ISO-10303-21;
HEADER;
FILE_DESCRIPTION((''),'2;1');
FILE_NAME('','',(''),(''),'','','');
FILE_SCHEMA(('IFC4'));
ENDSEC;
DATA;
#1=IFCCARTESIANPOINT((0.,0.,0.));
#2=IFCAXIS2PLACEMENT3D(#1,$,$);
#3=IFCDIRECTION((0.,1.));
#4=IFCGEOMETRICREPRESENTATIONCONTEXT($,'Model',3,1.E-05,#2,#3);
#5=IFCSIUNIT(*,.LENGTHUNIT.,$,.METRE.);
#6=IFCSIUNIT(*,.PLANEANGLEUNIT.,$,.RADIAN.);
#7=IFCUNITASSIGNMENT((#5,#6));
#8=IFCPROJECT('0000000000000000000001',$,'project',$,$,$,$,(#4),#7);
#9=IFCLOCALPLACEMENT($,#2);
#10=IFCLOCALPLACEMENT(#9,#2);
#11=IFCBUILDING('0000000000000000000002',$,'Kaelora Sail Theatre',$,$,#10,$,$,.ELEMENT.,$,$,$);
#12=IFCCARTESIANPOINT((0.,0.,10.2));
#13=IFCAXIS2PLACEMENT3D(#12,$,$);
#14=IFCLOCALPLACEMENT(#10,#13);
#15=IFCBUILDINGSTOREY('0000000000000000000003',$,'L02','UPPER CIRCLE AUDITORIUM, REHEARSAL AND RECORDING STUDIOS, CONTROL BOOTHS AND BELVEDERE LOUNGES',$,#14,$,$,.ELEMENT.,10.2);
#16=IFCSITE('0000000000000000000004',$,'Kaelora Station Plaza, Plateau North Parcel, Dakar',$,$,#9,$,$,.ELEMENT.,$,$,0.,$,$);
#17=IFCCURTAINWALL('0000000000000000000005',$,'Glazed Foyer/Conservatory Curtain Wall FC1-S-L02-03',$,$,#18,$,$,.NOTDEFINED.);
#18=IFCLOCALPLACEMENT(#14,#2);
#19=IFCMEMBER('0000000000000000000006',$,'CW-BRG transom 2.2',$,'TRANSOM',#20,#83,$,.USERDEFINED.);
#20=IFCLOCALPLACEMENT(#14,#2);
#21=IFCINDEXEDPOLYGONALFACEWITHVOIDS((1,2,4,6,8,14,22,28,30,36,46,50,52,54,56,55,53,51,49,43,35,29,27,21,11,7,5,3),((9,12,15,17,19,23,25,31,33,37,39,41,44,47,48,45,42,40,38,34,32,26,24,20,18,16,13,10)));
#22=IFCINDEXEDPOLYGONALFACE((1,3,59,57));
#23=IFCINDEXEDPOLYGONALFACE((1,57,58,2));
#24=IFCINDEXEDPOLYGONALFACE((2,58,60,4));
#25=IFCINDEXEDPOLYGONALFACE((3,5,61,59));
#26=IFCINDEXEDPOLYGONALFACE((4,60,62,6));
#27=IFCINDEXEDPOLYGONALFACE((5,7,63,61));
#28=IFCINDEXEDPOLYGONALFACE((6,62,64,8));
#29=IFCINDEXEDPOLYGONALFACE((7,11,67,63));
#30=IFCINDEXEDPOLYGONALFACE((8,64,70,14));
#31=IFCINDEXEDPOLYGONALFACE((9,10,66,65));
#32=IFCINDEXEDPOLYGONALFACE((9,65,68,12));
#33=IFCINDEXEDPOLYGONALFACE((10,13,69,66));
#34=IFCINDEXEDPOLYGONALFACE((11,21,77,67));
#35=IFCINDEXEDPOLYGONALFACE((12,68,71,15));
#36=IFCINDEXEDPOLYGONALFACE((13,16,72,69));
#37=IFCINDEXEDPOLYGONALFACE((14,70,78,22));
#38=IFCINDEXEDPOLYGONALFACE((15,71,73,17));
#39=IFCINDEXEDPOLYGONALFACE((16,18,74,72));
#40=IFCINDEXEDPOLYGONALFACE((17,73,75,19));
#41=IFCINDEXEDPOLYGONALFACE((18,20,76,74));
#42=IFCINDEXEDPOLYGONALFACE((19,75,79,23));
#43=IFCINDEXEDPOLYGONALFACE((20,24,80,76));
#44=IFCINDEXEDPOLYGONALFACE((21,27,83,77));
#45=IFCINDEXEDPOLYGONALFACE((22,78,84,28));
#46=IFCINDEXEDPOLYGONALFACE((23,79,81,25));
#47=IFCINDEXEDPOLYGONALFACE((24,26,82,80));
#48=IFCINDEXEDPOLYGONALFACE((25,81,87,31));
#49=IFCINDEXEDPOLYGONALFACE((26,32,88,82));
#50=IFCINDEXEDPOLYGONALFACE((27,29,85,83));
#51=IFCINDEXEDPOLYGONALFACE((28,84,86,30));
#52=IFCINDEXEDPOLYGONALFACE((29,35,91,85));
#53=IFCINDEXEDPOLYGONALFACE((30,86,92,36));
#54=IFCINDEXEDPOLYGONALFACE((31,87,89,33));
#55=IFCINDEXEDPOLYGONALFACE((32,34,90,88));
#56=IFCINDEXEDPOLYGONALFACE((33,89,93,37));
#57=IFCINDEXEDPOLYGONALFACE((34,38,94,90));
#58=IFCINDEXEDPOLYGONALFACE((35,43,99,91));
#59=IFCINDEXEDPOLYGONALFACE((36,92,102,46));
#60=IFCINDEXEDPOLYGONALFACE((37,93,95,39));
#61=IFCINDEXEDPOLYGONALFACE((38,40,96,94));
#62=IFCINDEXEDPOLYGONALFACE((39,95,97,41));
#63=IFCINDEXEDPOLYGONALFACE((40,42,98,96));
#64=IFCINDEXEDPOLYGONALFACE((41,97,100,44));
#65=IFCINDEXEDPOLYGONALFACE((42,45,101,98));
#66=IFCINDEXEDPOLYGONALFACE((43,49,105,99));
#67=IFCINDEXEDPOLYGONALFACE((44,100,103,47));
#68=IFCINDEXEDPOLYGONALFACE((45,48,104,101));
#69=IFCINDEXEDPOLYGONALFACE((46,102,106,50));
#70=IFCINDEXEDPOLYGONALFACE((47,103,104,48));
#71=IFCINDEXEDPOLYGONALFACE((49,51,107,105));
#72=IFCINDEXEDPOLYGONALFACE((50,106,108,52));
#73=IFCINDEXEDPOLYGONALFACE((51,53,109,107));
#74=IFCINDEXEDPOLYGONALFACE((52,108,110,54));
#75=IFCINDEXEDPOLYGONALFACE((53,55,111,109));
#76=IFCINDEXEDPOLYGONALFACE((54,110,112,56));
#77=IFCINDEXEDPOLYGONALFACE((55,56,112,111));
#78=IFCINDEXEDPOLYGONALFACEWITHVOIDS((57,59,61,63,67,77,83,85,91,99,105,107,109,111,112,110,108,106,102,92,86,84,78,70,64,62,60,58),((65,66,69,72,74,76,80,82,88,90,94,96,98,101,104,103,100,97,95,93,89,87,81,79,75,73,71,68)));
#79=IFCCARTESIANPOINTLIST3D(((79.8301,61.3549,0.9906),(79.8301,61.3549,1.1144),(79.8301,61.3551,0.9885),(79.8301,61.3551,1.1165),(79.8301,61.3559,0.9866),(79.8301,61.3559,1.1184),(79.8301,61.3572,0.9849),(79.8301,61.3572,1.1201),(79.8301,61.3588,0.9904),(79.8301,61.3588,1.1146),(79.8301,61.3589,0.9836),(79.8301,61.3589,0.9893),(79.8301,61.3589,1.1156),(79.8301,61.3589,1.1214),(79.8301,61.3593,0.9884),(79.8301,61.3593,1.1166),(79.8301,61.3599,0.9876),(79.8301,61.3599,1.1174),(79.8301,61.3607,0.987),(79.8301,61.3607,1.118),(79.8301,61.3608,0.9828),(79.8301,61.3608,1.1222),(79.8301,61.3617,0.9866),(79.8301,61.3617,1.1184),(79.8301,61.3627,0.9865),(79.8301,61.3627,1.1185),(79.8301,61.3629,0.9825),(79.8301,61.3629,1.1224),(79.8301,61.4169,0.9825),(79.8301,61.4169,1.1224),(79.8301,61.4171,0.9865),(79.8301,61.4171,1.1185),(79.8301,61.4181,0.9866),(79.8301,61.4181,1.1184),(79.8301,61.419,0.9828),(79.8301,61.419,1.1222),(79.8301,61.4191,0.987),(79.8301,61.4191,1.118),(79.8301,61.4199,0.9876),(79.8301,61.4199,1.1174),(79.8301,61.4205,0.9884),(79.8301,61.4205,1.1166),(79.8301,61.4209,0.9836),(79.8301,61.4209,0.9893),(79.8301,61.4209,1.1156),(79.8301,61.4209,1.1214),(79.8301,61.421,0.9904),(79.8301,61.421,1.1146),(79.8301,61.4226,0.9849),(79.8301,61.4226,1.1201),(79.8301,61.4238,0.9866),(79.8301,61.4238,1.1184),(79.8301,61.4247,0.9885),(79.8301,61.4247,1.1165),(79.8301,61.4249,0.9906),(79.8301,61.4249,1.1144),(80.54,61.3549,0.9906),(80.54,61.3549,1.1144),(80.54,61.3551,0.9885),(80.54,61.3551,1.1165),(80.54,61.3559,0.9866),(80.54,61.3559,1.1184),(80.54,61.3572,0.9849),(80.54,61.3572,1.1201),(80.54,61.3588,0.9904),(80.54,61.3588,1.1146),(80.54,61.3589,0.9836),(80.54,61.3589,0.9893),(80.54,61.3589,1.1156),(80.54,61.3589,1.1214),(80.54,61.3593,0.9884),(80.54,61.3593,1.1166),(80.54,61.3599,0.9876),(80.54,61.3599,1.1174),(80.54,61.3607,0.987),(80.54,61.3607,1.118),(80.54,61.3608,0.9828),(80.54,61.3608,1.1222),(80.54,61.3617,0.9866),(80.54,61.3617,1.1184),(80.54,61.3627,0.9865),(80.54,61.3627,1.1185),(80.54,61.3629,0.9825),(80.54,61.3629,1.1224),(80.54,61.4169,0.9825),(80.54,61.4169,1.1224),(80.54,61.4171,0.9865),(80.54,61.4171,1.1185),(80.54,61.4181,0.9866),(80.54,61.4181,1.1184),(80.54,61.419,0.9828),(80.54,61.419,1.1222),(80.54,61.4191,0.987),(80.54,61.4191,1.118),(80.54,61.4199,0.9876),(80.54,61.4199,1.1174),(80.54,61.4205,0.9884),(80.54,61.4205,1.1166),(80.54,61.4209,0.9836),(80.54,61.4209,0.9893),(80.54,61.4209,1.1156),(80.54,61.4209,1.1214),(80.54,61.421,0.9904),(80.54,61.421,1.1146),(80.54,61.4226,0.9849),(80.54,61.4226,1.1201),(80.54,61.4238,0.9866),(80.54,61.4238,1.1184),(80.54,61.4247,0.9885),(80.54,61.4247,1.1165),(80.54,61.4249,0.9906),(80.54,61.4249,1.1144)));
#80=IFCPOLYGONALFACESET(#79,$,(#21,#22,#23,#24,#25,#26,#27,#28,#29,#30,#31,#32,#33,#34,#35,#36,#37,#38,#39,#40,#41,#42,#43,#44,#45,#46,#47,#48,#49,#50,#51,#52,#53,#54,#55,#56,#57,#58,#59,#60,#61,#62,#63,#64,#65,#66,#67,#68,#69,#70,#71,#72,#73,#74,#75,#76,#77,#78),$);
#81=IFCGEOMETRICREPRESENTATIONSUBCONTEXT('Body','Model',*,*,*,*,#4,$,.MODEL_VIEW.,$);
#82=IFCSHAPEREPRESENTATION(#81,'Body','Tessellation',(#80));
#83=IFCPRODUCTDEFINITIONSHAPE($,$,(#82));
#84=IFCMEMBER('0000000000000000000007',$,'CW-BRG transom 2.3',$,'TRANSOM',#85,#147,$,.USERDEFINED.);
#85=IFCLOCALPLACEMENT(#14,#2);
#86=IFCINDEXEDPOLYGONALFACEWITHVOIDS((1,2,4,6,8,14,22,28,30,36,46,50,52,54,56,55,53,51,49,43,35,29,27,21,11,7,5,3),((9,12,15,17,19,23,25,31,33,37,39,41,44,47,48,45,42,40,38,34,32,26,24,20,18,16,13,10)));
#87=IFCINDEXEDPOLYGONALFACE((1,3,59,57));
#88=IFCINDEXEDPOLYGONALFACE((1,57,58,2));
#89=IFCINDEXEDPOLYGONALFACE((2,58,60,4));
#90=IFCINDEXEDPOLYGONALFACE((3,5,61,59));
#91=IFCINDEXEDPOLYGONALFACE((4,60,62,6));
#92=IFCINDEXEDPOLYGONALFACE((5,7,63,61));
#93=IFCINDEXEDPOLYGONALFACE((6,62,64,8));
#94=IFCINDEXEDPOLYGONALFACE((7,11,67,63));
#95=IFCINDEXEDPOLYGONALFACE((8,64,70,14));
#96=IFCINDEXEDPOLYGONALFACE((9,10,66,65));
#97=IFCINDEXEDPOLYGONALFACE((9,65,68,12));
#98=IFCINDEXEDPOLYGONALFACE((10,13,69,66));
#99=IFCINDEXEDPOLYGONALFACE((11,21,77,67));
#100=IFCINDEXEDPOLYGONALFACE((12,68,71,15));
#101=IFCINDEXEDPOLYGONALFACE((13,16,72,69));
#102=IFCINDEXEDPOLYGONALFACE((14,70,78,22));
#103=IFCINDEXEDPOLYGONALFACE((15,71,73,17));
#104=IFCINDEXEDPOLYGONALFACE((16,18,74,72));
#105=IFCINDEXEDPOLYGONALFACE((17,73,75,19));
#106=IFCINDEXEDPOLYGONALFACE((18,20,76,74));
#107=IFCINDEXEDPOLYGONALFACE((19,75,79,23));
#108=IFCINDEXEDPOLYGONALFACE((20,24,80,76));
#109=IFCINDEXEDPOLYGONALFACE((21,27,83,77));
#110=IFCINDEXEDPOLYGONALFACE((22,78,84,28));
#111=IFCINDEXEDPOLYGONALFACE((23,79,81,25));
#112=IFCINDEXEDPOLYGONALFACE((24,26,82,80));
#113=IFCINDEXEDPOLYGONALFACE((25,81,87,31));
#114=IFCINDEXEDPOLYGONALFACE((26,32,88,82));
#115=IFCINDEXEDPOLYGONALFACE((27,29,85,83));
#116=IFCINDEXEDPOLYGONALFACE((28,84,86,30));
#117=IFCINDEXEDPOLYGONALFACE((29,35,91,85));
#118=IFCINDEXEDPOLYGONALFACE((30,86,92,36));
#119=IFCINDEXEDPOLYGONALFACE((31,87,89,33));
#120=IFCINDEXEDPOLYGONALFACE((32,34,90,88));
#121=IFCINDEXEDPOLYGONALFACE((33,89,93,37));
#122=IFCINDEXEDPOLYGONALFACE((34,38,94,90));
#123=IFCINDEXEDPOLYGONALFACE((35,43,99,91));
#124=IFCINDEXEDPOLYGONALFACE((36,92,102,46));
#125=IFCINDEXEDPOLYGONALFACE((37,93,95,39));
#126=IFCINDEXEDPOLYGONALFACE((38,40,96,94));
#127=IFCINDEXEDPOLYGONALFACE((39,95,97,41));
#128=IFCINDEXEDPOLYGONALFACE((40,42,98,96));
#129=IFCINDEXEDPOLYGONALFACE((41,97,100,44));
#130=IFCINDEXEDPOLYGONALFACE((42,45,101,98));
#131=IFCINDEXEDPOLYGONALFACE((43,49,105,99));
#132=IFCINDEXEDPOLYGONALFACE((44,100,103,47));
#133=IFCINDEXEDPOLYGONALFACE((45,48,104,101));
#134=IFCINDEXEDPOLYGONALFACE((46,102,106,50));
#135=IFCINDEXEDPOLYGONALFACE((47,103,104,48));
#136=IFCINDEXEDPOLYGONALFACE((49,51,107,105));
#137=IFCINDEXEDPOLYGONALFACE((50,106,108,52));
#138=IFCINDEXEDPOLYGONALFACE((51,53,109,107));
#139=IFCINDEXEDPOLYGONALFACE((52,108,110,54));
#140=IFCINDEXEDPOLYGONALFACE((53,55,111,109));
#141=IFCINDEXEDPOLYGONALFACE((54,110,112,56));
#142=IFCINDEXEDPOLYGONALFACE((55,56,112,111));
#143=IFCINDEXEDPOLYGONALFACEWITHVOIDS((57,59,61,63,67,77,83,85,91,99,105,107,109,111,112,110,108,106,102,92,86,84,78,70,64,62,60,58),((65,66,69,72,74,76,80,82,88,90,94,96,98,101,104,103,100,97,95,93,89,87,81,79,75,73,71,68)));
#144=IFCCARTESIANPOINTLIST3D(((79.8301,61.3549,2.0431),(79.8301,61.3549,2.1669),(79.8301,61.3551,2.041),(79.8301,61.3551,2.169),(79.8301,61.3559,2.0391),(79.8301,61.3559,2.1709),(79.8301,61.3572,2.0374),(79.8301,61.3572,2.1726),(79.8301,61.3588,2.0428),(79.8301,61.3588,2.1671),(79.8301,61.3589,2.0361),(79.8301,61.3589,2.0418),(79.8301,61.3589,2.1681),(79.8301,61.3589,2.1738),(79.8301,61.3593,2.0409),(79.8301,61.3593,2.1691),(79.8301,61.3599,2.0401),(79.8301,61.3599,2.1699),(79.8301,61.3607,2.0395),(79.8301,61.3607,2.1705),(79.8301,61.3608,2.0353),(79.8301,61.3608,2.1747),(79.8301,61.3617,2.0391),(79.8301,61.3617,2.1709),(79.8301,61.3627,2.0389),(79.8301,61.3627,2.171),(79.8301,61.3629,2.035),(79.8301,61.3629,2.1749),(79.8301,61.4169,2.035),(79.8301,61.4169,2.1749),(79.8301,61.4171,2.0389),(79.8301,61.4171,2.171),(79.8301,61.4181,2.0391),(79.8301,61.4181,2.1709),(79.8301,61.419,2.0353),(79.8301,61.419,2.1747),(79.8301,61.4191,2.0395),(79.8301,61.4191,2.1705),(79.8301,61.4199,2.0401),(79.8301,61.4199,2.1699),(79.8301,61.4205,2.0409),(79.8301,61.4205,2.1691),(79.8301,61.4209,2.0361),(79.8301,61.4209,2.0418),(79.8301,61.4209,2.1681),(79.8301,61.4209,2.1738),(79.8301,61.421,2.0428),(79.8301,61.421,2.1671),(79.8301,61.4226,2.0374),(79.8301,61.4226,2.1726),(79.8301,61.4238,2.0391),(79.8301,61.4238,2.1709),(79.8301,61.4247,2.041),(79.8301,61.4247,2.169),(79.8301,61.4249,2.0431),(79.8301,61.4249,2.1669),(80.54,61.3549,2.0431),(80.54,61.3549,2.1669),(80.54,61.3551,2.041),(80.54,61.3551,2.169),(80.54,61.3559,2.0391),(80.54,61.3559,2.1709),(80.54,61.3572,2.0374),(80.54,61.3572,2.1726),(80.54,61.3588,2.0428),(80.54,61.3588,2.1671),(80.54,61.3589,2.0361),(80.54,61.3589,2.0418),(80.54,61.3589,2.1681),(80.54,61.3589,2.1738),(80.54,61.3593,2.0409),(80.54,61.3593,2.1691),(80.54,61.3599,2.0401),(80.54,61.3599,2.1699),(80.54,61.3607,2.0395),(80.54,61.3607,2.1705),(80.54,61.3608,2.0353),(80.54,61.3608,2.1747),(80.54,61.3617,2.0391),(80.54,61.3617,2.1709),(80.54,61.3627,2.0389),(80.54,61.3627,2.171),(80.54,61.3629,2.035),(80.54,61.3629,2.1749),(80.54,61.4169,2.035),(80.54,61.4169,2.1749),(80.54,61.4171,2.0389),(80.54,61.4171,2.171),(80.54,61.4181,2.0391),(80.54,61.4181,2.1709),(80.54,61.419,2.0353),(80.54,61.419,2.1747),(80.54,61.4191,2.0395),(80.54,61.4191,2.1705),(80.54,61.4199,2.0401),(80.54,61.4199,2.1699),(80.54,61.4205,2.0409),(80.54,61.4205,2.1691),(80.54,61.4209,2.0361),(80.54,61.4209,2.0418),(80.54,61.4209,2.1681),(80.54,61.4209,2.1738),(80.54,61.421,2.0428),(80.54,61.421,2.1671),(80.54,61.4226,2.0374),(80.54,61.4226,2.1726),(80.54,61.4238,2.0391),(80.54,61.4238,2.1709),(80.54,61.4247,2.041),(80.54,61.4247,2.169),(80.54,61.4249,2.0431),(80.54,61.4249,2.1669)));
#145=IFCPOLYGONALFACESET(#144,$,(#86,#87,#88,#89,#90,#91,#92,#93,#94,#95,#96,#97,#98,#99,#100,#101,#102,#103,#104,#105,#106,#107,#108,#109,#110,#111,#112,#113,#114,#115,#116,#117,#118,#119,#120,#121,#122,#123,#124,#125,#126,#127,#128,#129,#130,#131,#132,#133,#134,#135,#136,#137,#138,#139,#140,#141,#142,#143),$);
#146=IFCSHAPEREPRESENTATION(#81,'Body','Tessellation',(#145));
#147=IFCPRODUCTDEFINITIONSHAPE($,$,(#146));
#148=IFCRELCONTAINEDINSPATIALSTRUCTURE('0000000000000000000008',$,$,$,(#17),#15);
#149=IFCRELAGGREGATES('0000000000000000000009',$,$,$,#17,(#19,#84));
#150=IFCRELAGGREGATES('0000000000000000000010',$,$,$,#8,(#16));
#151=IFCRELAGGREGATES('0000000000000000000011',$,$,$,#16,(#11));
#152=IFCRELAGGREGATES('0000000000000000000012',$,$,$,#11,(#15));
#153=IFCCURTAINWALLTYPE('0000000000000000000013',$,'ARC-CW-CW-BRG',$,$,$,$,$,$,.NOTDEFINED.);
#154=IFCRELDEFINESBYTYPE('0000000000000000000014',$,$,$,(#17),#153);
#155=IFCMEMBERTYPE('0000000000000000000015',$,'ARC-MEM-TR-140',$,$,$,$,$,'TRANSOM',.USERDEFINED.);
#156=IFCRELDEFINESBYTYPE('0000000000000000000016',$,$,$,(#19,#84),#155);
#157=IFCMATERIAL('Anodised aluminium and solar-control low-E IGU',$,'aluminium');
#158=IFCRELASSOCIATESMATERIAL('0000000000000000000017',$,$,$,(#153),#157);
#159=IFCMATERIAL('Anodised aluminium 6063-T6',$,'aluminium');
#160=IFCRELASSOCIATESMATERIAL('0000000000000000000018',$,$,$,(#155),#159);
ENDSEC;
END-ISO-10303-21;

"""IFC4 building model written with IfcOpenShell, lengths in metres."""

from ifc_helpers import new_model, si_unit, direction, frame, origin, origin_2d, place, context, subcontext, project, spatial, hollow_rectangle, extrude, material, material_profile, profile_set, type_object, element, aggregate, save


model = new_model("IFC4")

# Units and contexts
model_context = context("Model", 3, precision=1e-05, world=origin(), true_north=direction((0.0, 1.0)))
body_context = subcontext(model_context, "Body", "Model", "MODEL_VIEW")
ifc_project = project(units=[si_unit("LENGTHUNIT", "METRE"), si_unit("PLANEANGLEUNIT", "RADIAN")], contexts=[model_context])

# Site, building, storey
site_placement = place(None, origin())
site = spatial("IfcSite", under=ifc_project, at=site_placement, Name="Kaelora Station Plaza, Plateau North Parcel, Dakar", CompositionType="ELEMENT", RefElevation=0.0)
building_placement = place(site_placement, origin())
building = spatial("IfcBuilding", under=site, at=building_placement, Name="Kaelora Sail Theatre", CompositionType="ELEMENT")
storey_placement = place(building_placement, frame((0.0, 0.0, 10.2)))
storey = spatial("IfcBuildingStorey", under=building, at=storey_placement, Name="L02", Description="UPPER CIRCLE AUDITORIUM, REHEARSAL AND RECORDING STUDIOS, CONTROL BOOTHS AND BELVEDERE LOUNGES", CompositionType="ELEMENT", Elevation=10.2)

# Curtain wall
ifc_material_1 = material(Name="Anodised aluminium and solar-control low-E IGU", Category="aluminium")
curtain_wall_type = type_object("IfcCurtainWallType", Name="ARC-CW-CW-BRG", PredefinedType="NOTDEFINED", material=ifc_material_1)
curtain_wall_1_placement = place(storey_placement, origin())
curtain_wall_1 = element("IfcCurtainWall", 1, at=curtain_wall_1_placement, inside=storey, type_object=curtain_wall_type, Name="Glazed Foyer/Conservatory Curtain Wall FC1-S-L02-03", PredefinedType="NOTDEFINED")

# Members
ifc_material_2 = material(Name="Anodised aluminium 6063-T6", Category="aluminium")
ifc_material_profile_1 = material_profile(ifc_material_2, hollow_rectangle(XDim=0.0701, YDim=0.1399, WallThickness=0.0039, InnerFilletRadius=0.0039, OuterFilletRadius=0.0081, at=origin_2d()), Name="ALU-TRAN 70x140x4")
ifc_profile_set_1 = profile_set([ifc_material_profile_1], Name="Anodised aluminium 6063-T6")
member_type_1 = type_object("IfcMemberType", Name="ARC-MEM-TR-140", ElementType="TRANSOM", PredefinedType="USERDEFINED", material=ifc_profile_set_1)
member_1_placement = place(storey_placement, frame((79.8301, 61.3899, 1.0525), z_axis=(1.0, 0.0, 0.0), x_axis=(0.0, 1.0, 0.0)))
member_1 = element("IfcMember", 2, at=member_1_placement, type_object=member_type_1, Name="CW-BRG transom 2.2", ObjectType="TRANSOM", PredefinedType="USERDEFINED", context=body_context, shape_type="SweptSolid", body=[
    extrude(hollow_rectangle(XDim=0.0701, YDim=0.1399, WallThickness=0.0039, InnerFilletRadius=0.0039, OuterFilletRadius=0.0081, at=origin_2d()), origin(), (0.0, 0.0, 1.0), 0.71),
])
member_2_placement = place(storey_placement, frame((79.8301, 61.3899, 2.105), z_axis=(1.0, 0.0, 0.0), x_axis=(0.0, 1.0, 0.0)))
member_2 = element("IfcMember", 3, at=member_2_placement, type_object=member_type_1, Name="CW-BRG transom 2.3", ObjectType="TRANSOM", PredefinedType="USERDEFINED", context=body_context, shape_type="SweptSolid", body=[
    extrude(hollow_rectangle(XDim=0.0701, YDim=0.1399, WallThickness=0.0039, InnerFilletRadius=0.0039, OuterFilletRadius=0.0081, at=origin_2d()), origin(), (0.0, 0.0, 1.0), 0.71),
])

aggregate(curtain_wall_1, [member_1, member_2])

save(model, "model.ifc")
